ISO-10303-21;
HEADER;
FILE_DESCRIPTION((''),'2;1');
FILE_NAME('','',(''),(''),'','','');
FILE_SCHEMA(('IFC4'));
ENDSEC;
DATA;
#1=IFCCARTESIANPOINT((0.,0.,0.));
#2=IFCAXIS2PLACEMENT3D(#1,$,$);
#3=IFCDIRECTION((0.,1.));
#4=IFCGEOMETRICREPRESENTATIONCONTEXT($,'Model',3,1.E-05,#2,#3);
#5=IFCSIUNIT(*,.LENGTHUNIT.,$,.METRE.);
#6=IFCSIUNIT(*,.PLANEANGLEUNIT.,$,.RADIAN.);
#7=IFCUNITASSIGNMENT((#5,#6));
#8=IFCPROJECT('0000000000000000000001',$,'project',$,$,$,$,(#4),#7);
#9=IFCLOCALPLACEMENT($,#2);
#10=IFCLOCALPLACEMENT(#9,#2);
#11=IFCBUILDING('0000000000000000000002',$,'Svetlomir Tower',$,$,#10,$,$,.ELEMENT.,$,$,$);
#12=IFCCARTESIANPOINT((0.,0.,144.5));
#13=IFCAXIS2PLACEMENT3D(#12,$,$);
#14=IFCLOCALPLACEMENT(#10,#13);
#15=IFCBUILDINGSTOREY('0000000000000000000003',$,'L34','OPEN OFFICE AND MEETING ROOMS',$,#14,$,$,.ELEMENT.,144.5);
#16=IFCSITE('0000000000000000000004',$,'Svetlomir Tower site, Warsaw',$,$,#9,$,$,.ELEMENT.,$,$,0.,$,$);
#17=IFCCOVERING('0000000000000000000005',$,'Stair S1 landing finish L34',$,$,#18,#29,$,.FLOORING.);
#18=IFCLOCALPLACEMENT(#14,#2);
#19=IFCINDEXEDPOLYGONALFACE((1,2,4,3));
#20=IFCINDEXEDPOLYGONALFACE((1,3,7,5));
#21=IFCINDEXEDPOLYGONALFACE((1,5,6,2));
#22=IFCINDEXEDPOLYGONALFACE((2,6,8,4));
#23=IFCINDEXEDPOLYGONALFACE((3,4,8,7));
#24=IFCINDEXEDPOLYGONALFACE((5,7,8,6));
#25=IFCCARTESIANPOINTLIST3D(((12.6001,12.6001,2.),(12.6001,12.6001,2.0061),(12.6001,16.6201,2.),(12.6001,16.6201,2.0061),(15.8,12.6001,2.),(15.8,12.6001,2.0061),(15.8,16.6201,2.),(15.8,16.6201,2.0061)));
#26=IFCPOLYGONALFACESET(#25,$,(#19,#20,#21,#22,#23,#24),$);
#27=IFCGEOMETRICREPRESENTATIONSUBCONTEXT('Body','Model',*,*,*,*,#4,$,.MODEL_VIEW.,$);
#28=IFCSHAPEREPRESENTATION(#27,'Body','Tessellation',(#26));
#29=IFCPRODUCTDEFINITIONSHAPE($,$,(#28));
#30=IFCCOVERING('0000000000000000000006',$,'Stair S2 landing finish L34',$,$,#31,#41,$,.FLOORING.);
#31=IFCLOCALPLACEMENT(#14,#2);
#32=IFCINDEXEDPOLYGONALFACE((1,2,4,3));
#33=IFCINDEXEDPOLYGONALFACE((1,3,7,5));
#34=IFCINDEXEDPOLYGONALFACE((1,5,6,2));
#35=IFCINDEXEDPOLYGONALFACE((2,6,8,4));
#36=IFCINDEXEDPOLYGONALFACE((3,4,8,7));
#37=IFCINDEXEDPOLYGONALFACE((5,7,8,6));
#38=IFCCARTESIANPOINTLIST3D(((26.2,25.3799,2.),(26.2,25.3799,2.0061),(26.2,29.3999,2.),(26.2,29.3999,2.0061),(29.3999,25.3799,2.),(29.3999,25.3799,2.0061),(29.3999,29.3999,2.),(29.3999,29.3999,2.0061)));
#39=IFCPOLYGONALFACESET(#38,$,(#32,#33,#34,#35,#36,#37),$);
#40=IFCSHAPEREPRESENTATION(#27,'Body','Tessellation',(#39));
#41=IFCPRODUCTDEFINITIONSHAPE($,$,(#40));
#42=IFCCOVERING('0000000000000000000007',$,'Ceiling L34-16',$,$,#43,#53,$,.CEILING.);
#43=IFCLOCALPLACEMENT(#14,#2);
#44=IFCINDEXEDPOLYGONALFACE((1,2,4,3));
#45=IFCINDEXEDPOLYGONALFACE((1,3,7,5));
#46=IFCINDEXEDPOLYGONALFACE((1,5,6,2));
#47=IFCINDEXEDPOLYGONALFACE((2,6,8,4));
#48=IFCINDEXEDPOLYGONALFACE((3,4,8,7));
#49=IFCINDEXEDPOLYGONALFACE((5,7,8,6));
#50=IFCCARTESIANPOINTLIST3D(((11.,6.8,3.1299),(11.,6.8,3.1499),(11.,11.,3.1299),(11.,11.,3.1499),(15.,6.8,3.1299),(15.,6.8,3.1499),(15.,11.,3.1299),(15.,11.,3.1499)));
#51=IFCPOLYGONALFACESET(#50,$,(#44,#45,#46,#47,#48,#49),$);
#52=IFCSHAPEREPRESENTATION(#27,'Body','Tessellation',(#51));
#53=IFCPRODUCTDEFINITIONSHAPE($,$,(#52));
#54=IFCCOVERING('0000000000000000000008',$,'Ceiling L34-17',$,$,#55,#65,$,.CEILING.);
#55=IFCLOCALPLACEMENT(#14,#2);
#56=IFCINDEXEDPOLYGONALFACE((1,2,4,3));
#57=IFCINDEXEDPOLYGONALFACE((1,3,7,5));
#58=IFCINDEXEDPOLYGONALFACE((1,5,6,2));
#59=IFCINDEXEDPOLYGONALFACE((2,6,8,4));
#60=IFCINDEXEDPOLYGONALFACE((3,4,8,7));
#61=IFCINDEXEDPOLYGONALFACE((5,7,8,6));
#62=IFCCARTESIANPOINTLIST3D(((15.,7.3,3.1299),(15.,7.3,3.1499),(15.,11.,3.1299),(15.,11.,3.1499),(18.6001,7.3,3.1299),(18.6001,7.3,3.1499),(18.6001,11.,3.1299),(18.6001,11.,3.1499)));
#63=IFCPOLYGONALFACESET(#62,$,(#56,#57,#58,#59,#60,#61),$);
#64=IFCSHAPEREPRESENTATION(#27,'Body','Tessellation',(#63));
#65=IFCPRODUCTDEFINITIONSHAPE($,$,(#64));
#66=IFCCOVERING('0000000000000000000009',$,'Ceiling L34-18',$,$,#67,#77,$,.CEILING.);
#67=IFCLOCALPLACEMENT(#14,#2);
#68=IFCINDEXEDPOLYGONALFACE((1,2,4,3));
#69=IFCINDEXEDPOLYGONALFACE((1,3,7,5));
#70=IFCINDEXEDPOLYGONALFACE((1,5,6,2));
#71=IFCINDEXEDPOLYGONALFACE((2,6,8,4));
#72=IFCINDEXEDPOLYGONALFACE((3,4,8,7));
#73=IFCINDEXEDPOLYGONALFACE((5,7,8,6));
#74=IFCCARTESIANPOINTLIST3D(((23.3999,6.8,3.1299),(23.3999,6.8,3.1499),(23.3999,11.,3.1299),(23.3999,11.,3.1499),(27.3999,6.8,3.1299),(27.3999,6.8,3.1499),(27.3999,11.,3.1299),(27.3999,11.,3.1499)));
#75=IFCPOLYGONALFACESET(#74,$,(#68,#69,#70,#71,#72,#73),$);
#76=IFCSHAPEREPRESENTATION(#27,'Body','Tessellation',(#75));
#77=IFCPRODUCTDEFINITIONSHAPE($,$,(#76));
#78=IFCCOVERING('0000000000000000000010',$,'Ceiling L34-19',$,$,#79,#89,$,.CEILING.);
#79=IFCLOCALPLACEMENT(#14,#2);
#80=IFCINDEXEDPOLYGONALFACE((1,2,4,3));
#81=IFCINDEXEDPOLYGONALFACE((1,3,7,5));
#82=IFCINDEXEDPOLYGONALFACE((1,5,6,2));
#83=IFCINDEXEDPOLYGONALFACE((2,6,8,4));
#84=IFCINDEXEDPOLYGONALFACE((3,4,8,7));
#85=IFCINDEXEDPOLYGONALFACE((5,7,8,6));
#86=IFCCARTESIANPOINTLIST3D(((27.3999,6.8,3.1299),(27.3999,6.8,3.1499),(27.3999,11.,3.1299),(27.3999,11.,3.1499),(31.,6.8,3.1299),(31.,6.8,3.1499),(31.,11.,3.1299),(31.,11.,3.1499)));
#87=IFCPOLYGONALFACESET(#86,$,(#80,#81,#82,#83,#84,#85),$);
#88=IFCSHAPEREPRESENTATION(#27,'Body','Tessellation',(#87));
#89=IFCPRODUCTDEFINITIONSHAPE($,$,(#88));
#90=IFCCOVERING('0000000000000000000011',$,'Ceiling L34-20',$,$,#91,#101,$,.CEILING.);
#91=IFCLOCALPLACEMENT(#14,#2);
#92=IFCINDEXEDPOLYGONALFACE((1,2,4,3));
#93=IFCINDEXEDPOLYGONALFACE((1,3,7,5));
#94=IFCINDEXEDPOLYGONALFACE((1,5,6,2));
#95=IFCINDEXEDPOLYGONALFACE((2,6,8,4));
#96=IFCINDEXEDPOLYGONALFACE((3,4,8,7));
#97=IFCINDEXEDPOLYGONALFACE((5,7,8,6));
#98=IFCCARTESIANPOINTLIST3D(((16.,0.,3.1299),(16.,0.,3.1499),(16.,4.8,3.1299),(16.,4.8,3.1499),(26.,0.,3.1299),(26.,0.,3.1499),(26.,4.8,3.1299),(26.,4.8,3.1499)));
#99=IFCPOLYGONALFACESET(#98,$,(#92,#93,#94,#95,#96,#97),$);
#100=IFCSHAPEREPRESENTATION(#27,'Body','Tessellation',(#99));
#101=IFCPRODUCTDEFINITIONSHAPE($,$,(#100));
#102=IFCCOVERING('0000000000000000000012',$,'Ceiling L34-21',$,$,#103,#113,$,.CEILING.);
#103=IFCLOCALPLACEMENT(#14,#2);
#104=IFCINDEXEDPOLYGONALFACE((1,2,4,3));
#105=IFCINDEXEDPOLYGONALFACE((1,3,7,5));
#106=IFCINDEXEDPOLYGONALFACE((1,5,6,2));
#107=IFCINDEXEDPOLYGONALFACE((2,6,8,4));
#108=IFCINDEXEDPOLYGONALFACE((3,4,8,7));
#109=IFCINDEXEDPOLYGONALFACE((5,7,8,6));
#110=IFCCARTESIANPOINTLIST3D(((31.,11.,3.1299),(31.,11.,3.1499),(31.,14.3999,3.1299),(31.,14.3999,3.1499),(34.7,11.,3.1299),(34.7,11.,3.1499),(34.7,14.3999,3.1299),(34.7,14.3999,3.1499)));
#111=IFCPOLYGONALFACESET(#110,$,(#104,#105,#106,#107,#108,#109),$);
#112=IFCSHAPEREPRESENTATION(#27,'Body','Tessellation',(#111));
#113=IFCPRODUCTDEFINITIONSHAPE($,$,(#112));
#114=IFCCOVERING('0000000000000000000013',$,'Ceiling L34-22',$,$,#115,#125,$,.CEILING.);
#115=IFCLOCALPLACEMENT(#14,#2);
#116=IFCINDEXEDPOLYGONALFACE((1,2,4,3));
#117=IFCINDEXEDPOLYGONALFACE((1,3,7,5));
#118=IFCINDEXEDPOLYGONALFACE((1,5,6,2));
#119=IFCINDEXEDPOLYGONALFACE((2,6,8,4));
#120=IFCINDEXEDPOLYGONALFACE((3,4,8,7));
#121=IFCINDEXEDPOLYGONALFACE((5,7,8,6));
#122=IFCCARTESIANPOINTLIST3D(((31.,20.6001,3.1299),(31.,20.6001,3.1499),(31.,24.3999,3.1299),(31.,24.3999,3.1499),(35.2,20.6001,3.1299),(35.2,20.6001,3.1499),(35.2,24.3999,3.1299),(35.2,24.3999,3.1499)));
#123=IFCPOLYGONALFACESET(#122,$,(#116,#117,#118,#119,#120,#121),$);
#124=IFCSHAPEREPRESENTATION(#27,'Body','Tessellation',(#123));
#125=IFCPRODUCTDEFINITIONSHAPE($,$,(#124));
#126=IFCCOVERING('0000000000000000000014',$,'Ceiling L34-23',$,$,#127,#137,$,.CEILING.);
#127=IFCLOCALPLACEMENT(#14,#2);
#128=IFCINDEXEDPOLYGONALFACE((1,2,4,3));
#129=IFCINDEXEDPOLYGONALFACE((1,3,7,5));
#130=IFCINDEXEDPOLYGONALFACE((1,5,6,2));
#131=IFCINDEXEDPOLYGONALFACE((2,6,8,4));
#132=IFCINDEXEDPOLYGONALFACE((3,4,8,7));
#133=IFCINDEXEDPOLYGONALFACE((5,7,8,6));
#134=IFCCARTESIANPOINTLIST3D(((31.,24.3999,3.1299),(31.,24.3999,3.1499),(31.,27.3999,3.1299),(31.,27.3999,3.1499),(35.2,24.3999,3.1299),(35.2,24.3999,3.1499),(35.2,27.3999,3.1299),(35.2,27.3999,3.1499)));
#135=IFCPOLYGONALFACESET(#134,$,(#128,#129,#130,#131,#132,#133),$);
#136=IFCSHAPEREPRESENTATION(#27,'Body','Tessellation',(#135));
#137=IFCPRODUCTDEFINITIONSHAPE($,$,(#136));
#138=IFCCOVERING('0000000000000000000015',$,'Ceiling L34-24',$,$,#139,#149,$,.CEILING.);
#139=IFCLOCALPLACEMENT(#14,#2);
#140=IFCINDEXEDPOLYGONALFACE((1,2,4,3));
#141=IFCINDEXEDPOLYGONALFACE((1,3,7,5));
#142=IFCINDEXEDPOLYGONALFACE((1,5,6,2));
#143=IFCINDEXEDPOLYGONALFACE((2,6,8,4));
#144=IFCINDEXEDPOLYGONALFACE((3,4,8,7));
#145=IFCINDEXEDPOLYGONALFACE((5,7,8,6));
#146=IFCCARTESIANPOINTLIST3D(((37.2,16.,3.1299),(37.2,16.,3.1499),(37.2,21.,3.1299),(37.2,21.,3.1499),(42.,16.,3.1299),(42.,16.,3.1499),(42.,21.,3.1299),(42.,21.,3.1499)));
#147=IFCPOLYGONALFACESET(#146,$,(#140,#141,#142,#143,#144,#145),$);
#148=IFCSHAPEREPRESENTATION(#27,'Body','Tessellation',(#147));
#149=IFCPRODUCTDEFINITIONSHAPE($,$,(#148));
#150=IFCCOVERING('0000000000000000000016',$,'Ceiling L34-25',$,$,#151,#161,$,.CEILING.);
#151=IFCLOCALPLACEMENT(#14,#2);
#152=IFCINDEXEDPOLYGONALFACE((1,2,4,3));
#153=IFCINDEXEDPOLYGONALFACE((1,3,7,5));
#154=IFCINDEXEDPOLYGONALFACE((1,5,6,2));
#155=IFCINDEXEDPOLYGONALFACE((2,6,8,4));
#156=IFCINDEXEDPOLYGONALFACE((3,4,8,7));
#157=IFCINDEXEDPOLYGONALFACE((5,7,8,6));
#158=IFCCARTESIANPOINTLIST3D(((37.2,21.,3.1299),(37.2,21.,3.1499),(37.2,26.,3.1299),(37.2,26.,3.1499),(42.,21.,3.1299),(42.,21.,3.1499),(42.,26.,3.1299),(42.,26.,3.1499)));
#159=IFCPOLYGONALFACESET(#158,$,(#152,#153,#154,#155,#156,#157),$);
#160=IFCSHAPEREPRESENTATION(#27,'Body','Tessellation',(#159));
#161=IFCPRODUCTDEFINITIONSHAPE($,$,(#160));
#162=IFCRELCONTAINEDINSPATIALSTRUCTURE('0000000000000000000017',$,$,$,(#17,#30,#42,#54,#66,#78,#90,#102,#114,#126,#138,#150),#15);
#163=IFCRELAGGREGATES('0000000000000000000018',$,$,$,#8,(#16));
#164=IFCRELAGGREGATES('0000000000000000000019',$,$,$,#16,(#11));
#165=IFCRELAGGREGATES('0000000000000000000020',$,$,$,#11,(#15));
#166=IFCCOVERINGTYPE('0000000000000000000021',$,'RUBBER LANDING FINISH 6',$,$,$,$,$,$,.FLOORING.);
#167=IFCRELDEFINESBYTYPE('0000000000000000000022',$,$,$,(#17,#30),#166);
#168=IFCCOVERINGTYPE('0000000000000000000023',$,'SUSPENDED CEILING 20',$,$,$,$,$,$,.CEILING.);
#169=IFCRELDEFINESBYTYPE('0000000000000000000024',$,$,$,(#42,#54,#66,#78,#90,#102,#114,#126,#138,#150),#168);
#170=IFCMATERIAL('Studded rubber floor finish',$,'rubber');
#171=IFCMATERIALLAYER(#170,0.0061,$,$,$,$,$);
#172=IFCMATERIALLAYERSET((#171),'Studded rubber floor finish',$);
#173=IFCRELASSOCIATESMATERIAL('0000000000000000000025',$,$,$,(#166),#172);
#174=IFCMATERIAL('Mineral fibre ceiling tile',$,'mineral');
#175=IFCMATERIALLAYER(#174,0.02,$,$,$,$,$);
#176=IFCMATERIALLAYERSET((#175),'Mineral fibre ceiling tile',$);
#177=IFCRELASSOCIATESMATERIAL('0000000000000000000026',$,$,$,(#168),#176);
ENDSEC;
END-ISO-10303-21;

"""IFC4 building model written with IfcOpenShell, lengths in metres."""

from ifc_helpers import new_model, si_unit, direction, frame, origin, place, context, subcontext, project, spatial, polyline, outline, extrude, material, layer, layer_set, type_object, element, save


model = new_model("IFC4")

# Units and contexts
model_context = context("Model", 3, precision=1e-05, world=origin(), true_north=direction((0.0, 1.0)))
body_context = subcontext(model_context, "Body", "Model", "MODEL_VIEW")
ifc_project = project(units=[si_unit("LENGTHUNIT", "METRE"), si_unit("PLANEANGLEUNIT", "RADIAN")], contexts=[model_context])

# Site, building, storey
site_placement = place(None, origin())
site = spatial("IfcSite", under=ifc_project, at=site_placement, Name="Svetlomir Tower site, Warsaw", CompositionType="ELEMENT", RefElevation=0.0)
building_placement = place(site_placement, origin())
building = spatial("IfcBuilding", under=site, at=building_placement, Name="Svetlomir Tower", CompositionType="ELEMENT")
storey_placement = place(building_placement, frame((0.0, 0.0, 144.5)))
storey = spatial("IfcBuildingStorey", under=building, at=storey_placement, Name="L34", Description="OPEN OFFICE AND MEETING ROOMS", CompositionType="ELEMENT", Elevation=144.5)

# Coverings
ifc_material_1 = material(Name="Studded rubber floor finish", Category="rubber")
ifc_layer_1 = layer(ifc_material_1, 0.0061)
ifc_layer_set_1 = layer_set([ifc_layer_1], Name="Studded rubber floor finish")
covering_type_1 = type_object("IfcCoveringType", Name="RUBBER LANDING FINISH 6", PredefinedType="FLOORING", material=ifc_layer_set_1)
covering_1_placement = place(storey_placement, frame((0.0, 0.0, 2.0)))
element("IfcCovering", 1, at=covering_1_placement, inside=storey, type_object=covering_type_1, Name="Stair S1 landing finish L34", PredefinedType="FLOORING", context=body_context, shape_type="SweptSolid", body=[
    extrude(outline(polyline([(12.6001, 12.6001), (15.8, 12.6001), (15.8, 16.6201), (12.6001, 16.6201), (12.6001, 12.6001)])), origin(), (0.0, 0.0, 1.0), 0.0061),
])
covering_2_placement = place(storey_placement, frame((0.0, 0.0, 2.0)))
element("IfcCovering", 2, at=covering_2_placement, inside=storey, type_object=covering_type_1, Name="Stair S2 landing finish L34", PredefinedType="FLOORING", context=body_context, shape_type="SweptSolid", body=[
    extrude(outline(polyline([(26.2, 25.3799), (29.3999, 25.3799), (29.3999, 29.3999), (26.2, 29.3999), (26.2, 25.3799)])), origin(), (0.0, 0.0, 1.0), 0.0061),
])
ifc_material_2 = material(Name="Mineral fibre ceiling tile", Category="mineral")
ifc_layer_2 = layer(ifc_material_2, 0.02)
ifc_layer_set_2 = layer_set([ifc_layer_2], Name="Mineral fibre ceiling tile")
covering_type_2 = type_object("IfcCoveringType", Name="SUSPENDED CEILING 20", PredefinedType="CEILING", material=ifc_layer_set_2)
covering_3_placement = place(storey_placement, frame((0.0, 0.0, 3.1299)))
element("IfcCovering", 3, at=covering_3_placement, inside=storey, type_object=covering_type_2, Name="Ceiling L34-16", PredefinedType="CEILING", context=body_context, shape_type="SweptSolid", body=[
    extrude(outline(polyline([(11.0, 6.8), (15.0, 6.8), (15.0, 11.0), (11.0, 11.0), (11.0, 6.8)])), origin(), (0.0, 0.0, 1.0), 0.02),
])
covering_4_placement = place(storey_placement, frame((0.0, 0.0, 3.1299)))
element("IfcCovering", 4, at=covering_4_placement, inside=storey, type_object=covering_type_2, Name="Ceiling L34-17", PredefinedType="CEILING", context=body_context, shape_type="SweptSolid", body=[
    extrude(outline(polyline([(15.0, 7.3), (18.6001, 7.3), (18.6001, 11.0), (15.0, 11.0), (15.0, 7.3)])), origin(), (0.0, 0.0, 1.0), 0.02),
])
covering_5_placement = place(storey_placement, frame((0.0, 0.0, 3.1299)))
element("IfcCovering", 5, at=covering_5_placement, inside=storey, type_object=covering_type_2, Name="Ceiling L34-18", PredefinedType="CEILING", context=body_context, shape_type="SweptSolid", body=[
    extrude(outline(polyline([(23.3999, 6.8), (27.3999, 6.8), (27.3999, 11.0), (23.3999, 11.0), (23.3999, 6.8)])), origin(), (0.0, 0.0, 1.0), 0.02),
])
covering_6_placement = place(storey_placement, frame((0.0, 0.0, 3.1299)))
element("IfcCovering", 6, at=covering_6_placement, inside=storey, type_object=covering_type_2, Name="Ceiling L34-19", PredefinedType="CEILING", context=body_context, shape_type="SweptSolid", body=[
    extrude(outline(polyline([(27.3999, 6.8), (31.0, 6.8), (31.0, 11.0), (27.3999, 11.0), (27.3999, 6.8)])), origin(), (0.0, 0.0, 1.0), 0.02),
])
covering_7_placement = place(storey_placement, frame((0.0, 0.0, 3.1299)))
element("IfcCovering", 7, at=covering_7_placement, inside=storey, type_object=covering_type_2, Name="Ceiling L34-20", PredefinedType="CEILING", context=body_context, shape_type="SweptSolid", body=[
    extrude(outline(polyline([(16.0, 0.0), (26.0, 0.0), (26.0, 4.8), (16.0, 4.8), (16.0, 0.0)])), origin(), (0.0, 0.0, 1.0), 0.02),
])
covering_8_placement = place(storey_placement, frame((0.0, 0.0, 3.1299)))
element("IfcCovering", 8, at=covering_8_placement, inside=storey, type_object=covering_type_2, Name="Ceiling L34-21", PredefinedType="CEILING", context=body_context, shape_type="SweptSolid", body=[
    extrude(outline(polyline([(31.0, 11.0), (34.7, 11.0), (34.7, 14.3999), (31.0, 14.3999), (31.0, 11.0)])), origin(), (0.0, 0.0, 1.0), 0.02),
])
covering_9_placement = place(storey_placement, frame((0.0, 0.0, 3.1299)))
element("IfcCovering", 9, at=covering_9_placement, inside=storey, type_object=covering_type_2, Name="Ceiling L34-22", PredefinedType="CEILING", context=body_context, shape_type="SweptSolid", body=[
    extrude(outline(polyline([(31.0, 20.6001), (35.2, 20.6001), (35.2, 24.3999), (31.0, 24.3999), (31.0, 20.6001)])), origin(), (0.0, 0.0, 1.0), 0.02),
])
covering_10_placement = place(storey_placement, frame((0.0, 0.0, 3.1299)))
element("IfcCovering", 10, at=covering_10_placement, inside=storey, type_object=covering_type_2, Name="Ceiling L34-23", PredefinedType="CEILING", context=body_context, shape_type="SweptSolid", body=[
    extrude(outline(polyline([(31.0, 24.3999), (35.2, 24.3999), (35.2, 27.3999), (31.0, 27.3999), (31.0, 24.3999)])), origin(), (0.0, 0.0, 1.0), 0.02),
])
covering_11_placement = place(storey_placement, frame((0.0, 0.0, 3.1299)))
element("IfcCovering", 11, at=covering_11_placement, inside=storey, type_object=covering_type_2, Name="Ceiling L34-24", PredefinedType="CEILING", context=body_context, shape_type="SweptSolid", body=[
    extrude(outline(polyline([(37.2, 16.0), (42.0, 16.0), (42.0, 21.0), (37.2, 21.0), (37.2, 16.0)])), origin(), (0.0, 0.0, 1.0), 0.02),
])
covering_12_placement = place(storey_placement, frame((0.0, 0.0, 3.1299)))
element("IfcCovering", 12, at=covering_12_placement, inside=storey, type_object=covering_type_2, Name="Ceiling L34-25", PredefinedType="CEILING", context=body_context, shape_type="SweptSolid", body=[
    extrude(outline(polyline([(37.2, 21.0), (42.0, 21.0), (42.0, 26.0), (37.2, 26.0), (37.2, 21.0)])), origin(), (0.0, 0.0, 1.0), 0.02),
])

save(model, "model.ifc")
